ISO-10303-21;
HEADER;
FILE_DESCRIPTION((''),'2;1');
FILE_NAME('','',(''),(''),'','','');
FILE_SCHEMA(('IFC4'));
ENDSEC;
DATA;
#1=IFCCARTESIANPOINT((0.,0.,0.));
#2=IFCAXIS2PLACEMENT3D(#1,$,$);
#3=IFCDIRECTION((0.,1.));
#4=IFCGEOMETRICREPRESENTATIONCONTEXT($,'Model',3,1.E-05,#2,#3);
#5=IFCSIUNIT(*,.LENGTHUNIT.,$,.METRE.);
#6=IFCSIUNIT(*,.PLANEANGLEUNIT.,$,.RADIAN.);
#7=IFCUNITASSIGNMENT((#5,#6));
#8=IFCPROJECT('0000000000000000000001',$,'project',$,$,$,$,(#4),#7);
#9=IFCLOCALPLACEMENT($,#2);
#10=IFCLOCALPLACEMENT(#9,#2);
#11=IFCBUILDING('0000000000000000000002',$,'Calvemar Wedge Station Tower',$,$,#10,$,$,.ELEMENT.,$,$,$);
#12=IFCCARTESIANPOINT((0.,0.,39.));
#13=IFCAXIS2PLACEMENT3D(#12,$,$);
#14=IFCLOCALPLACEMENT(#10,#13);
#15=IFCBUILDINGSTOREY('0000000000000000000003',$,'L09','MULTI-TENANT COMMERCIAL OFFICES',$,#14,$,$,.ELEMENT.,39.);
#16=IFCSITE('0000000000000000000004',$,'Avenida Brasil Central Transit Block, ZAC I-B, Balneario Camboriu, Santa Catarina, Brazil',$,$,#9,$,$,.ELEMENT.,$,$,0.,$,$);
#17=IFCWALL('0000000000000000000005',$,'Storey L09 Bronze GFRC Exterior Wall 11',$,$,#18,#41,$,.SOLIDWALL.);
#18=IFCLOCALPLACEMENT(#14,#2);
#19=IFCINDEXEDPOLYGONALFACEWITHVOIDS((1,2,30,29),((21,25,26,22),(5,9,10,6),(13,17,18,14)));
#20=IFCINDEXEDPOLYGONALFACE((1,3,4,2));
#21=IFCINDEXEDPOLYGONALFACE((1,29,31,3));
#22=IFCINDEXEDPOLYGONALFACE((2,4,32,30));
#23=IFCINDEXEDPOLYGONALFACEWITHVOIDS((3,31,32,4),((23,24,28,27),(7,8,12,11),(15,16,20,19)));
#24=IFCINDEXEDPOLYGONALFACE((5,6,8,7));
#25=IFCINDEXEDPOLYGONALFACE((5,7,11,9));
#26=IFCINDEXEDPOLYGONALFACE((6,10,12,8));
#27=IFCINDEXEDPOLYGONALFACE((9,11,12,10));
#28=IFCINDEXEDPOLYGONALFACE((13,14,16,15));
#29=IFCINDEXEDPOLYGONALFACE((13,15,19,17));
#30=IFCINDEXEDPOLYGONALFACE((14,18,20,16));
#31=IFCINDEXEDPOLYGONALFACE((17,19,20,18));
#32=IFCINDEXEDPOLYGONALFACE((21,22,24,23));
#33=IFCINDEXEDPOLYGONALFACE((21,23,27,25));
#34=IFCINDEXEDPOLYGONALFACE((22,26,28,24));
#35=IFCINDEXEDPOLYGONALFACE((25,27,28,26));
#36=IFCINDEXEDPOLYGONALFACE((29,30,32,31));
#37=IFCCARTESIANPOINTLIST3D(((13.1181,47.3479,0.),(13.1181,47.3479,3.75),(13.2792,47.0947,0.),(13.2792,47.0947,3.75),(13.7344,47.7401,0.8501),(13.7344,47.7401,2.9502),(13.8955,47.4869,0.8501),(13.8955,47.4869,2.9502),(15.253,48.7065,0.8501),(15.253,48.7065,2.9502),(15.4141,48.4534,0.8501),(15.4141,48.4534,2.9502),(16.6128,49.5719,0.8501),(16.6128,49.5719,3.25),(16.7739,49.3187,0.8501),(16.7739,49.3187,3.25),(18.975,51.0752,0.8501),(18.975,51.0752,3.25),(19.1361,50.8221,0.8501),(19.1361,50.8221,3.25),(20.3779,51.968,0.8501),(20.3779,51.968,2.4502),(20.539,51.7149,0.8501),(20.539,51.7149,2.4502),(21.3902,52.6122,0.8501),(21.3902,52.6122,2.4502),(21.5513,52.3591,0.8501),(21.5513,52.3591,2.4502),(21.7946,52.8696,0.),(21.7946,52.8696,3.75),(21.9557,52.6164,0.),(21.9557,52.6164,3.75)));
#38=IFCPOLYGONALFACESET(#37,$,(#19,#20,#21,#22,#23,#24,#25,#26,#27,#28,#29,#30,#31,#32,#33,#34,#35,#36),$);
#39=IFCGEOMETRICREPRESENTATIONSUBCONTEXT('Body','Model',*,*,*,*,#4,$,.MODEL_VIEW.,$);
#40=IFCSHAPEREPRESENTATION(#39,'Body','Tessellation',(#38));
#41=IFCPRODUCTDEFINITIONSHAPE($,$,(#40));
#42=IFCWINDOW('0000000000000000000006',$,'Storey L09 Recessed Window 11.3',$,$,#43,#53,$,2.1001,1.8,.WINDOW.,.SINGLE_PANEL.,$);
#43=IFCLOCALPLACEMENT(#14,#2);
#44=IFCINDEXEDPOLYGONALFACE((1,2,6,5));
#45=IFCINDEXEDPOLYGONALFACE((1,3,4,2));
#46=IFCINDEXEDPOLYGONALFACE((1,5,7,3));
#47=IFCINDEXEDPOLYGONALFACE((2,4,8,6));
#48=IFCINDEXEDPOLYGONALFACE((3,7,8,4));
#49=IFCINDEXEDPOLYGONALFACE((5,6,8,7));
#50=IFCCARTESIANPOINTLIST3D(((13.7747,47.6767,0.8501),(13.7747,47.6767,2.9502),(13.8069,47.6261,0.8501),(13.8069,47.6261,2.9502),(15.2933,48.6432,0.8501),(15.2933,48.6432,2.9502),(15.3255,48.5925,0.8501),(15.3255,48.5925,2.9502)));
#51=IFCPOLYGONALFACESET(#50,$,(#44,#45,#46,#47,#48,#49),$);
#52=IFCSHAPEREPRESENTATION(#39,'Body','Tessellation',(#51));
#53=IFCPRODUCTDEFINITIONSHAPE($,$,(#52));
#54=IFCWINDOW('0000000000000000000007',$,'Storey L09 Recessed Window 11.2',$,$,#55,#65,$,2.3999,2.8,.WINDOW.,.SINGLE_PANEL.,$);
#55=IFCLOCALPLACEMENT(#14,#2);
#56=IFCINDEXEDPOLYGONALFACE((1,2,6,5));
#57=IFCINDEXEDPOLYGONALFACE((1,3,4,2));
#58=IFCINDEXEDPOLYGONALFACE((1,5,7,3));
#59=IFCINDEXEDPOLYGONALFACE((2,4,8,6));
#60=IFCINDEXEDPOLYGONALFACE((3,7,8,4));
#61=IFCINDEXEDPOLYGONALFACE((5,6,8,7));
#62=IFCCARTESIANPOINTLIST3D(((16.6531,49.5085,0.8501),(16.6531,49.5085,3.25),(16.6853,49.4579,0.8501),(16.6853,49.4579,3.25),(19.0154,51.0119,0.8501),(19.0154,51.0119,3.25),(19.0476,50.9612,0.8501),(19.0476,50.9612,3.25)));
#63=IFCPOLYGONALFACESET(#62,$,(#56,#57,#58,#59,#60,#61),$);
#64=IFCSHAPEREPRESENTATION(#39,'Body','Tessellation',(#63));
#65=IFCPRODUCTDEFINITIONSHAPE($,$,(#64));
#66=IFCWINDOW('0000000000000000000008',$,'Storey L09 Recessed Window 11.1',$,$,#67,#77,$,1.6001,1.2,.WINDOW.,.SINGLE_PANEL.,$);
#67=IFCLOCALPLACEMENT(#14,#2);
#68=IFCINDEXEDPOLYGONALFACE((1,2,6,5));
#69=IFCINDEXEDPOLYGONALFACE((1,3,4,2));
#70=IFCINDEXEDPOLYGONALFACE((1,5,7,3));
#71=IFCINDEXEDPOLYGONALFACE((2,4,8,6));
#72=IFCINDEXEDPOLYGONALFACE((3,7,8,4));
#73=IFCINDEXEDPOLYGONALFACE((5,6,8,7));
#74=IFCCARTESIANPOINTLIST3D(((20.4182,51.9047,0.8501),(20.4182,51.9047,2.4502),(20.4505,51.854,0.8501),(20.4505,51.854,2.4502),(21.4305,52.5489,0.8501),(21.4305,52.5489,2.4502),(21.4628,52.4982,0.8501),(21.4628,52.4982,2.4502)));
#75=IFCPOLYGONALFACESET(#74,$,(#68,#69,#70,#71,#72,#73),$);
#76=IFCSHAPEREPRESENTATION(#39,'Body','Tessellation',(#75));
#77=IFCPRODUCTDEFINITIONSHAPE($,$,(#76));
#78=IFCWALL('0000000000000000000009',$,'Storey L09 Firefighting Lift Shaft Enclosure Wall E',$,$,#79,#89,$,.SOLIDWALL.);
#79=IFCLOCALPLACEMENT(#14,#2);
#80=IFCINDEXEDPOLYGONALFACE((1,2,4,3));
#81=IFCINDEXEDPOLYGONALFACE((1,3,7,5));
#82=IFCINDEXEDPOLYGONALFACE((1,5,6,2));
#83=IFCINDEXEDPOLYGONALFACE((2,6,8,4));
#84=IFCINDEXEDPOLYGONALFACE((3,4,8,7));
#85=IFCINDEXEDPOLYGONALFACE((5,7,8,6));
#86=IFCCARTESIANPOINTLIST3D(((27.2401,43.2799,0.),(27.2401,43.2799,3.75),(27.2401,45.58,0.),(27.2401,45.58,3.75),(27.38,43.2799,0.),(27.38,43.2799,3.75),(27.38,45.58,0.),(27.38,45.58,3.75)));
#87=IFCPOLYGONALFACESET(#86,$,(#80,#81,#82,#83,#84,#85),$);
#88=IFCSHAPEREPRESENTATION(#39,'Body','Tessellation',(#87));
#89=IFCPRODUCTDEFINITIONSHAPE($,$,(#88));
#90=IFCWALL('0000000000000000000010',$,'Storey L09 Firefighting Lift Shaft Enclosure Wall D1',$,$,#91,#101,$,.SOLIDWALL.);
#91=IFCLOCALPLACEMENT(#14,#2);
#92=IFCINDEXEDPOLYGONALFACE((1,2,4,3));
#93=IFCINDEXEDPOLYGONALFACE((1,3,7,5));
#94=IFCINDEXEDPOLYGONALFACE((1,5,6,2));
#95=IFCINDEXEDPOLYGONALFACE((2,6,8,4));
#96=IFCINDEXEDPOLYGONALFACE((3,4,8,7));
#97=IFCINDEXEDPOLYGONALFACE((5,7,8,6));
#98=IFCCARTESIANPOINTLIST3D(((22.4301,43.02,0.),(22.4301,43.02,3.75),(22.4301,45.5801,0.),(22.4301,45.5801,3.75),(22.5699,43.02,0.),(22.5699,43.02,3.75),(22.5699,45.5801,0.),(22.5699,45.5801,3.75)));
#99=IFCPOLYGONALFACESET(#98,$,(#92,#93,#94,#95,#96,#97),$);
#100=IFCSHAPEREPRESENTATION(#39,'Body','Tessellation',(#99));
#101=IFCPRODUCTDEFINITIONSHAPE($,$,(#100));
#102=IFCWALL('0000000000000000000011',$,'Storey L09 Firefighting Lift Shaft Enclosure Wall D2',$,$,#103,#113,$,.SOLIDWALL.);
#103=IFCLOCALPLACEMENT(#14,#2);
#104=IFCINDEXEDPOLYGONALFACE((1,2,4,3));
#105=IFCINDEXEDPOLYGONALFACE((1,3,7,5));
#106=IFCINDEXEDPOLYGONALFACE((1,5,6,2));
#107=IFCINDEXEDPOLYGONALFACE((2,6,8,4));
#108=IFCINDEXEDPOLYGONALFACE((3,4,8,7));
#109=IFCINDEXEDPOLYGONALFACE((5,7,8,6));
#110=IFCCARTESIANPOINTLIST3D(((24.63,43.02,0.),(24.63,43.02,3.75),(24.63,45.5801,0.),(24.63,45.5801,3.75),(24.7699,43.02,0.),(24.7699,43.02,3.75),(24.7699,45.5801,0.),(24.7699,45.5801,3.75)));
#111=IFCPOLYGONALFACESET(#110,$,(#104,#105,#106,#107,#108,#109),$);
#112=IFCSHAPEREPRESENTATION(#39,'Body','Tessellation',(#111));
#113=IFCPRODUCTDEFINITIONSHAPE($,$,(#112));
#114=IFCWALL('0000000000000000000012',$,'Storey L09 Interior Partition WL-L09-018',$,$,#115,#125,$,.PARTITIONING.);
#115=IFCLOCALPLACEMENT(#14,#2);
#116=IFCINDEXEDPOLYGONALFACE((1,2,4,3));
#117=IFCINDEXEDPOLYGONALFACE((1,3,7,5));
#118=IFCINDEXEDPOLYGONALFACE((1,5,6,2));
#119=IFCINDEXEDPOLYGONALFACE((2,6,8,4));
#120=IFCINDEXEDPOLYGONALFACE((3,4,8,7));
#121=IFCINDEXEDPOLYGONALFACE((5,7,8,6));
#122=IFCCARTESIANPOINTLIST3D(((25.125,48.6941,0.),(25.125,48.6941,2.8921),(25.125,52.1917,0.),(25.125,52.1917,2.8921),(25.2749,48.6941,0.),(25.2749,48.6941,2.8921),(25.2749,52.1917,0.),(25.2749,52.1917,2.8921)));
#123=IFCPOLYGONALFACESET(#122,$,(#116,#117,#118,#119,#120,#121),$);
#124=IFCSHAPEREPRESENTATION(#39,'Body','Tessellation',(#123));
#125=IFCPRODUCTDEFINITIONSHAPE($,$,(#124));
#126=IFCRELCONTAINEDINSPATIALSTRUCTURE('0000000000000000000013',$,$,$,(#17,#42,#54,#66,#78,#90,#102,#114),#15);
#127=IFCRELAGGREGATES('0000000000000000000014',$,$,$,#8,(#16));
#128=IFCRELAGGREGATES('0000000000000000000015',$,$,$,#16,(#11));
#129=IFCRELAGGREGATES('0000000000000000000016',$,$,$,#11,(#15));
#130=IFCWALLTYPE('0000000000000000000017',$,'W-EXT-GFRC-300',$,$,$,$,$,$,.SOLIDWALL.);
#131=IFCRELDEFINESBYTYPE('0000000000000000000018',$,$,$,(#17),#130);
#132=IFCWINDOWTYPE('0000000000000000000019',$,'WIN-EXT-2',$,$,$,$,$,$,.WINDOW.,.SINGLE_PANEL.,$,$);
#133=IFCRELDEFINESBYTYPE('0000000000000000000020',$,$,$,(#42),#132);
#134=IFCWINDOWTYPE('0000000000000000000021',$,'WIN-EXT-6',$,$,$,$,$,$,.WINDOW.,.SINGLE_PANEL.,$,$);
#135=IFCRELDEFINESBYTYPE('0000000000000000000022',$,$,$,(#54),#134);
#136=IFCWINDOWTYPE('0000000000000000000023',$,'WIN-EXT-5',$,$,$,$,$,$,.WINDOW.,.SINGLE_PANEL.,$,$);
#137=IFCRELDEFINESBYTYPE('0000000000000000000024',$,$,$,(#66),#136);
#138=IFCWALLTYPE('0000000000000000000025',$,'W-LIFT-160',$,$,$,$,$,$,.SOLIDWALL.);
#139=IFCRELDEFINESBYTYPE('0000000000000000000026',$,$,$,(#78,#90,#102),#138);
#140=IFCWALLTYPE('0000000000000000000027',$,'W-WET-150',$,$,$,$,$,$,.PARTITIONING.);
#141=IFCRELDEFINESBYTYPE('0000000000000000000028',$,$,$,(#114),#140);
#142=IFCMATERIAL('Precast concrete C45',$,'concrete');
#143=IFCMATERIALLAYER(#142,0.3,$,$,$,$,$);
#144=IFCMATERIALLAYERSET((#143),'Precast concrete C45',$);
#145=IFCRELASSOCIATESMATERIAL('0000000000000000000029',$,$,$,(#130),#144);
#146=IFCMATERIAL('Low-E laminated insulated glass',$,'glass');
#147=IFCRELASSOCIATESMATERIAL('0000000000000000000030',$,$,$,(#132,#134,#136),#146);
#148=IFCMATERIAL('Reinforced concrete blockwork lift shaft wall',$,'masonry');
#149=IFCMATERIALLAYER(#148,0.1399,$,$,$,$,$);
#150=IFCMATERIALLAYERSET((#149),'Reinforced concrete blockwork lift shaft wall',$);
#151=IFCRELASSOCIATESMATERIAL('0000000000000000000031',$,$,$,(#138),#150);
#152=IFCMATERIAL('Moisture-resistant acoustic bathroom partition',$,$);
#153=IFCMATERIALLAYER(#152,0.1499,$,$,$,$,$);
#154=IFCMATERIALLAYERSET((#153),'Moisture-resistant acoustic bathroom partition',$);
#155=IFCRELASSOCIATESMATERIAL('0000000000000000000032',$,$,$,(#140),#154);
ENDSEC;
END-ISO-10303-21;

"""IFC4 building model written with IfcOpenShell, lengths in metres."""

from ifc_helpers import new_model, si_unit, direction, frame, frame_2d, origin, place, context, subcontext, project, spatial, rectangle, extrude, source, transform, mapped, material, layer, layer_set, type_object, element, fill, save


model = new_model("IFC4")

# Units and contexts
model_context = context("Model", 3, precision=1e-05, world=origin(), true_north=direction((0.0, 1.0)))
body_context = subcontext(model_context, "Body", "Model", "MODEL_VIEW")
ifc_project = project(units=[si_unit("LENGTHUNIT", "METRE"), si_unit("PLANEANGLEUNIT", "RADIAN")], contexts=[model_context])

# Site, building, storey
site_placement = place(None, origin())
site = spatial("IfcSite", under=ifc_project, at=site_placement, Name="Avenida Brasil Central Transit Block, ZAC I-B, Balneario Camboriu, Santa Catarina, Brazil", CompositionType="ELEMENT", RefElevation=0.0)
building_placement = place(site_placement, origin())
building = spatial("IfcBuilding", under=site, at=building_placement, Name="Calvemar Wedge Station Tower", CompositionType="ELEMENT")
storey_placement = place(building_placement, frame((0.0, 0.0, 39.0)))
storey = spatial("IfcBuildingStorey", under=building, at=storey_placement, Name="L09", Description="MULTI-TENANT COMMERCIAL OFFICES", CompositionType="ELEMENT", Elevation=39.0)

# Wall, openings, windows
ifc_material_1 = material(Name="Precast concrete C45", Category="concrete")
ifc_layer_1 = layer(ifc_material_1, 0.3)
ifc_layer_set_1 = layer_set([ifc_layer_1], Name="Precast concrete C45")
wall_type_1 = type_object("IfcWallType", Name="W-EXT-GFRC-300", PredefinedType="SOLIDWALL", material=ifc_layer_set_1)
wall_1_placement = place(storey_placement, frame((21.875, 52.7429, 0.0), z_axis=(0.0, 0.0, 1.0), x_axis=(-0.843648, -0.536897, 0.0)))
wall_1 = element("IfcWall", 1, at=wall_1_placement, inside=storey, type_object=wall_type_1, Name="Storey L09 Bronze GFRC Exterior Wall 11", PredefinedType="SOLIDWALL", context=body_context, shape_type="SweptSolid", body=[
    extrude(rectangle(XDim=10.2844, YDim=0.3, at=frame_2d((5.1421, 0.0))), origin(), (0.0, 0.0, 1.0), 3.75),
])
shared_shape_1 = source(origin(), body_context, "Body", "SweptSolid", [
    extrude(rectangle(XDim=1.2, YDim=1.6001, at=frame_2d((0.6001, 0.8))), frame((0.0, 0.1602, 0.0), z_axis=(0.0, -1.0, 0.0), x_axis=(1.0, 0.0, 0.0)), (0.0, 0.0, 1.0), 0.3201),
])
opening_1_placement = place(wall_1_placement, frame((0.479, 0.0, 0.8501)))
opening_1 = element("IfcOpeningElement", 2, at=opening_1_placement, cuts=wall_1, PredefinedType="OPENING", context=body_context, shape_type="MappedRepresentation", body=[
    mapped(shared_shape_1, transform((0.0, 0.0, 0.0), scale=1.0)),
])
shared_shape_2 = source(origin(), body_context, "Body", "SweptSolid", [
    extrude(rectangle(XDim=2.8, YDim=2.3999, at=frame_2d((1.3999, 1.2))), frame((0.0, 0.1602, 0.0), z_axis=(0.0, -1.0, 0.0), x_axis=(1.0, 0.0, 0.0)), (0.0, 0.0, 1.0), 0.3201),
])
opening_2_placement = place(wall_1_placement, frame((3.342, 0.0, 0.8501)))
opening_2 = element("IfcOpeningElement", 3, at=opening_2_placement, cuts=wall_1, PredefinedType="OPENING", context=body_context, shape_type="MappedRepresentation", body=[
    mapped(shared_shape_2, transform((0.0, 0.0, 0.0), scale=1.0)),
])
shared_shape_3 = source(origin(), body_context, "Body", "SweptSolid", [
    extrude(rectangle(XDim=1.8, YDim=2.1001, at=frame_2d((0.8999, 1.05))), frame((0.0, 0.1602, 0.0), z_axis=(0.0, -1.0, 0.0), x_axis=(1.0, 0.0, 0.0)), (0.0, 0.0, 1.0), 0.3201),
])
opening_3_placement = place(wall_1_placement, frame((7.7539, 0.0, 0.8501)))
opening_3 = element("IfcOpeningElement", 4, at=opening_3_placement, cuts=wall_1, PredefinedType="OPENING", context=body_context, shape_type="MappedRepresentation", body=[
    mapped(shared_shape_3, transform((0.0, 0.0, 0.0), scale=1.0)),
])
ifc_material_2 = material(Name="Low-E laminated insulated glass", Category="glass")
window_type_1 = type_object("IfcWindowType", Name="WIN-EXT-2", PartitioningType="SINGLE_PANEL", PredefinedType="WINDOW", material=ifc_material_2)
shared_shape_4 = source(origin(), body_context, "Body", "SweptSolid", [
    extrude(rectangle(XDim=1.8, YDim=2.1001, at=frame_2d((0.8999, 1.05))), frame((0.0, -0.0149, 0.0), z_axis=(0.0, -1.0, 0.0), x_axis=(1.0, 0.0, 0.0)), (0.0, 0.0, 1.0), 0.0601),
])
window_1_placement = place(opening_3_placement, origin())
window_1 = element("IfcWindow", 5, at=window_1_placement, inside=storey, type_object=window_type_1, Name="Storey L09 Recessed Window 11.3", OverallHeight=2.1001, OverallWidth=1.8, PartitioningType="SINGLE_PANEL", PredefinedType="WINDOW", context=body_context, shape_type="MappedRepresentation", body=[
    mapped(shared_shape_4, transform((0.0, 0.0, 0.0), scale=1.0)),
])
fill(opening_3, window_1)
window_type_2 = type_object("IfcWindowType", Name="WIN-EXT-6", PartitioningType="SINGLE_PANEL", PredefinedType="WINDOW", material=ifc_material_2)
shared_shape_5 = source(origin(), body_context, "Body", "SweptSolid", [
    extrude(rectangle(XDim=2.8, YDim=2.3999, at=frame_2d((1.3999, 1.2))), frame((0.0, -0.0149, 0.0), z_axis=(0.0, -1.0, 0.0), x_axis=(1.0, 0.0, 0.0)), (0.0, 0.0, 1.0), 0.0601),
])
window_2_placement = place(opening_2_placement, origin())
window_2 = element("IfcWindow", 6, at=window_2_placement, inside=storey, type_object=window_type_2, Name="Storey L09 Recessed Window 11.2", OverallHeight=2.3999, OverallWidth=2.8, PartitioningType="SINGLE_PANEL", PredefinedType="WINDOW", context=body_context, shape_type="MappedRepresentation", body=[
    mapped(shared_shape_5, transform((0.0, 0.0, 0.0), scale=1.0)),
])
fill(opening_2, window_2)
window_type_3 = type_object("IfcWindowType", Name="WIN-EXT-5", PartitioningType="SINGLE_PANEL", PredefinedType="WINDOW", material=ifc_material_2)
shared_shape_6 = source(origin(), body_context, "Body", "SweptSolid", [
    extrude(rectangle(XDim=1.2, YDim=1.6001, at=frame_2d((0.6001, 0.8))), frame((0.0, -0.0149, 0.0), z_axis=(0.0, -1.0, 0.0), x_axis=(1.0, 0.0, 0.0)), (0.0, 0.0, 1.0), 0.0601),
])
window_3_placement = place(opening_1_placement, origin())
window_3 = element("IfcWindow", 7, at=window_3_placement, inside=storey, type_object=window_type_3, Name="Storey L09 Recessed Window 11.1", OverallHeight=1.6001, OverallWidth=1.2, PartitioningType="SINGLE_PANEL", PredefinedType="WINDOW", context=body_context, shape_type="MappedRepresentation", body=[
    mapped(shared_shape_6, transform((0.0, 0.0, 0.0), scale=1.0)),
])
fill(opening_1, window_3)

# Walls
ifc_material_3 = material(Name="Reinforced concrete blockwork lift shaft wall", Category="masonry")
ifc_layer_2 = layer(ifc_material_3, 0.1399)
ifc_layer_set_2 = layer_set([ifc_layer_2], Name="Reinforced concrete blockwork lift shaft wall")
wall_type_2 = type_object("IfcWallType", Name="W-LIFT-160", PredefinedType="SOLIDWALL", material=ifc_layer_set_2)
wall_2_placement = place(storey_placement, frame((27.3101, 43.28, 0.0), z_axis=(0.0, 0.0, 1.0), x_axis=(0.0, 1.0, 0.0)))
element("IfcWall", 8, at=wall_2_placement, inside=storey, type_object=wall_type_2, Name="Storey L09 Firefighting Lift Shaft Enclosure Wall E", PredefinedType="SOLIDWALL", context=body_context, shape_type="SweptSolid", body=[
    extrude(rectangle(XDim=2.3, YDim=0.1399, at=frame_2d((1.1499, 0.0))), origin(), (0.0, 0.0, 1.0), 3.75),
])
for number, where, z_axis, x_axis, name in (
    (9, (22.5, 43.02, 0.0), (0.0, 0.0, 1.0), (0.0, 1.0, 0.0), "Storey L09 Firefighting Lift Shaft Enclosure Wall D1"),
    (10, (24.7, 43.02, 0.0), (0.0, 0.0, 1.0), (0.0, 1.0, 0.0), "Storey L09 Firefighting Lift Shaft Enclosure Wall D2"),
):
    element("IfcWall", number, at=place(storey_placement, frame(where, z_axis=z_axis, x_axis=x_axis)), inside=storey, type_object=wall_type_2, Name=name, PredefinedType="SOLIDWALL", context=body_context, shape_type="SweptSolid", body=[
        extrude(rectangle(XDim=2.5601, YDim=0.1399, at=frame_2d((1.28, 0.0))), origin(), (0.0, 0.0, 1.0), 3.75),
    ])
ifc_material_4 = material(Name="Moisture-resistant acoustic bathroom partition")
ifc_layer_3 = layer(ifc_material_4, 0.1499)
ifc_layer_set_3 = layer_set([ifc_layer_3], Name="Moisture-resistant acoustic bathroom partition")
wall_type_3 = type_object("IfcWallType", Name="W-WET-150", PredefinedType="PARTITIONING", material=ifc_layer_set_3)
wall_3_placement = place(storey_placement, frame((25.2, 52.1917, 0.0), z_axis=(0.0, 0.0, 1.0), x_axis=(0.0, -1.0, 0.0)))
element("IfcWall", 11, at=wall_3_placement, inside=storey, type_object=wall_type_3, Name="Storey L09 Interior Partition WL-L09-018", PredefinedType="PARTITIONING", context=body_context, shape_type="SweptSolid", body=[
    extrude(rectangle(XDim=3.4976, YDim=0.1499, at=frame_2d((1.7488, 0.0))), origin(), (0.0, 0.0, 1.0), 2.8921),
])

save(model, "model.ifc")
